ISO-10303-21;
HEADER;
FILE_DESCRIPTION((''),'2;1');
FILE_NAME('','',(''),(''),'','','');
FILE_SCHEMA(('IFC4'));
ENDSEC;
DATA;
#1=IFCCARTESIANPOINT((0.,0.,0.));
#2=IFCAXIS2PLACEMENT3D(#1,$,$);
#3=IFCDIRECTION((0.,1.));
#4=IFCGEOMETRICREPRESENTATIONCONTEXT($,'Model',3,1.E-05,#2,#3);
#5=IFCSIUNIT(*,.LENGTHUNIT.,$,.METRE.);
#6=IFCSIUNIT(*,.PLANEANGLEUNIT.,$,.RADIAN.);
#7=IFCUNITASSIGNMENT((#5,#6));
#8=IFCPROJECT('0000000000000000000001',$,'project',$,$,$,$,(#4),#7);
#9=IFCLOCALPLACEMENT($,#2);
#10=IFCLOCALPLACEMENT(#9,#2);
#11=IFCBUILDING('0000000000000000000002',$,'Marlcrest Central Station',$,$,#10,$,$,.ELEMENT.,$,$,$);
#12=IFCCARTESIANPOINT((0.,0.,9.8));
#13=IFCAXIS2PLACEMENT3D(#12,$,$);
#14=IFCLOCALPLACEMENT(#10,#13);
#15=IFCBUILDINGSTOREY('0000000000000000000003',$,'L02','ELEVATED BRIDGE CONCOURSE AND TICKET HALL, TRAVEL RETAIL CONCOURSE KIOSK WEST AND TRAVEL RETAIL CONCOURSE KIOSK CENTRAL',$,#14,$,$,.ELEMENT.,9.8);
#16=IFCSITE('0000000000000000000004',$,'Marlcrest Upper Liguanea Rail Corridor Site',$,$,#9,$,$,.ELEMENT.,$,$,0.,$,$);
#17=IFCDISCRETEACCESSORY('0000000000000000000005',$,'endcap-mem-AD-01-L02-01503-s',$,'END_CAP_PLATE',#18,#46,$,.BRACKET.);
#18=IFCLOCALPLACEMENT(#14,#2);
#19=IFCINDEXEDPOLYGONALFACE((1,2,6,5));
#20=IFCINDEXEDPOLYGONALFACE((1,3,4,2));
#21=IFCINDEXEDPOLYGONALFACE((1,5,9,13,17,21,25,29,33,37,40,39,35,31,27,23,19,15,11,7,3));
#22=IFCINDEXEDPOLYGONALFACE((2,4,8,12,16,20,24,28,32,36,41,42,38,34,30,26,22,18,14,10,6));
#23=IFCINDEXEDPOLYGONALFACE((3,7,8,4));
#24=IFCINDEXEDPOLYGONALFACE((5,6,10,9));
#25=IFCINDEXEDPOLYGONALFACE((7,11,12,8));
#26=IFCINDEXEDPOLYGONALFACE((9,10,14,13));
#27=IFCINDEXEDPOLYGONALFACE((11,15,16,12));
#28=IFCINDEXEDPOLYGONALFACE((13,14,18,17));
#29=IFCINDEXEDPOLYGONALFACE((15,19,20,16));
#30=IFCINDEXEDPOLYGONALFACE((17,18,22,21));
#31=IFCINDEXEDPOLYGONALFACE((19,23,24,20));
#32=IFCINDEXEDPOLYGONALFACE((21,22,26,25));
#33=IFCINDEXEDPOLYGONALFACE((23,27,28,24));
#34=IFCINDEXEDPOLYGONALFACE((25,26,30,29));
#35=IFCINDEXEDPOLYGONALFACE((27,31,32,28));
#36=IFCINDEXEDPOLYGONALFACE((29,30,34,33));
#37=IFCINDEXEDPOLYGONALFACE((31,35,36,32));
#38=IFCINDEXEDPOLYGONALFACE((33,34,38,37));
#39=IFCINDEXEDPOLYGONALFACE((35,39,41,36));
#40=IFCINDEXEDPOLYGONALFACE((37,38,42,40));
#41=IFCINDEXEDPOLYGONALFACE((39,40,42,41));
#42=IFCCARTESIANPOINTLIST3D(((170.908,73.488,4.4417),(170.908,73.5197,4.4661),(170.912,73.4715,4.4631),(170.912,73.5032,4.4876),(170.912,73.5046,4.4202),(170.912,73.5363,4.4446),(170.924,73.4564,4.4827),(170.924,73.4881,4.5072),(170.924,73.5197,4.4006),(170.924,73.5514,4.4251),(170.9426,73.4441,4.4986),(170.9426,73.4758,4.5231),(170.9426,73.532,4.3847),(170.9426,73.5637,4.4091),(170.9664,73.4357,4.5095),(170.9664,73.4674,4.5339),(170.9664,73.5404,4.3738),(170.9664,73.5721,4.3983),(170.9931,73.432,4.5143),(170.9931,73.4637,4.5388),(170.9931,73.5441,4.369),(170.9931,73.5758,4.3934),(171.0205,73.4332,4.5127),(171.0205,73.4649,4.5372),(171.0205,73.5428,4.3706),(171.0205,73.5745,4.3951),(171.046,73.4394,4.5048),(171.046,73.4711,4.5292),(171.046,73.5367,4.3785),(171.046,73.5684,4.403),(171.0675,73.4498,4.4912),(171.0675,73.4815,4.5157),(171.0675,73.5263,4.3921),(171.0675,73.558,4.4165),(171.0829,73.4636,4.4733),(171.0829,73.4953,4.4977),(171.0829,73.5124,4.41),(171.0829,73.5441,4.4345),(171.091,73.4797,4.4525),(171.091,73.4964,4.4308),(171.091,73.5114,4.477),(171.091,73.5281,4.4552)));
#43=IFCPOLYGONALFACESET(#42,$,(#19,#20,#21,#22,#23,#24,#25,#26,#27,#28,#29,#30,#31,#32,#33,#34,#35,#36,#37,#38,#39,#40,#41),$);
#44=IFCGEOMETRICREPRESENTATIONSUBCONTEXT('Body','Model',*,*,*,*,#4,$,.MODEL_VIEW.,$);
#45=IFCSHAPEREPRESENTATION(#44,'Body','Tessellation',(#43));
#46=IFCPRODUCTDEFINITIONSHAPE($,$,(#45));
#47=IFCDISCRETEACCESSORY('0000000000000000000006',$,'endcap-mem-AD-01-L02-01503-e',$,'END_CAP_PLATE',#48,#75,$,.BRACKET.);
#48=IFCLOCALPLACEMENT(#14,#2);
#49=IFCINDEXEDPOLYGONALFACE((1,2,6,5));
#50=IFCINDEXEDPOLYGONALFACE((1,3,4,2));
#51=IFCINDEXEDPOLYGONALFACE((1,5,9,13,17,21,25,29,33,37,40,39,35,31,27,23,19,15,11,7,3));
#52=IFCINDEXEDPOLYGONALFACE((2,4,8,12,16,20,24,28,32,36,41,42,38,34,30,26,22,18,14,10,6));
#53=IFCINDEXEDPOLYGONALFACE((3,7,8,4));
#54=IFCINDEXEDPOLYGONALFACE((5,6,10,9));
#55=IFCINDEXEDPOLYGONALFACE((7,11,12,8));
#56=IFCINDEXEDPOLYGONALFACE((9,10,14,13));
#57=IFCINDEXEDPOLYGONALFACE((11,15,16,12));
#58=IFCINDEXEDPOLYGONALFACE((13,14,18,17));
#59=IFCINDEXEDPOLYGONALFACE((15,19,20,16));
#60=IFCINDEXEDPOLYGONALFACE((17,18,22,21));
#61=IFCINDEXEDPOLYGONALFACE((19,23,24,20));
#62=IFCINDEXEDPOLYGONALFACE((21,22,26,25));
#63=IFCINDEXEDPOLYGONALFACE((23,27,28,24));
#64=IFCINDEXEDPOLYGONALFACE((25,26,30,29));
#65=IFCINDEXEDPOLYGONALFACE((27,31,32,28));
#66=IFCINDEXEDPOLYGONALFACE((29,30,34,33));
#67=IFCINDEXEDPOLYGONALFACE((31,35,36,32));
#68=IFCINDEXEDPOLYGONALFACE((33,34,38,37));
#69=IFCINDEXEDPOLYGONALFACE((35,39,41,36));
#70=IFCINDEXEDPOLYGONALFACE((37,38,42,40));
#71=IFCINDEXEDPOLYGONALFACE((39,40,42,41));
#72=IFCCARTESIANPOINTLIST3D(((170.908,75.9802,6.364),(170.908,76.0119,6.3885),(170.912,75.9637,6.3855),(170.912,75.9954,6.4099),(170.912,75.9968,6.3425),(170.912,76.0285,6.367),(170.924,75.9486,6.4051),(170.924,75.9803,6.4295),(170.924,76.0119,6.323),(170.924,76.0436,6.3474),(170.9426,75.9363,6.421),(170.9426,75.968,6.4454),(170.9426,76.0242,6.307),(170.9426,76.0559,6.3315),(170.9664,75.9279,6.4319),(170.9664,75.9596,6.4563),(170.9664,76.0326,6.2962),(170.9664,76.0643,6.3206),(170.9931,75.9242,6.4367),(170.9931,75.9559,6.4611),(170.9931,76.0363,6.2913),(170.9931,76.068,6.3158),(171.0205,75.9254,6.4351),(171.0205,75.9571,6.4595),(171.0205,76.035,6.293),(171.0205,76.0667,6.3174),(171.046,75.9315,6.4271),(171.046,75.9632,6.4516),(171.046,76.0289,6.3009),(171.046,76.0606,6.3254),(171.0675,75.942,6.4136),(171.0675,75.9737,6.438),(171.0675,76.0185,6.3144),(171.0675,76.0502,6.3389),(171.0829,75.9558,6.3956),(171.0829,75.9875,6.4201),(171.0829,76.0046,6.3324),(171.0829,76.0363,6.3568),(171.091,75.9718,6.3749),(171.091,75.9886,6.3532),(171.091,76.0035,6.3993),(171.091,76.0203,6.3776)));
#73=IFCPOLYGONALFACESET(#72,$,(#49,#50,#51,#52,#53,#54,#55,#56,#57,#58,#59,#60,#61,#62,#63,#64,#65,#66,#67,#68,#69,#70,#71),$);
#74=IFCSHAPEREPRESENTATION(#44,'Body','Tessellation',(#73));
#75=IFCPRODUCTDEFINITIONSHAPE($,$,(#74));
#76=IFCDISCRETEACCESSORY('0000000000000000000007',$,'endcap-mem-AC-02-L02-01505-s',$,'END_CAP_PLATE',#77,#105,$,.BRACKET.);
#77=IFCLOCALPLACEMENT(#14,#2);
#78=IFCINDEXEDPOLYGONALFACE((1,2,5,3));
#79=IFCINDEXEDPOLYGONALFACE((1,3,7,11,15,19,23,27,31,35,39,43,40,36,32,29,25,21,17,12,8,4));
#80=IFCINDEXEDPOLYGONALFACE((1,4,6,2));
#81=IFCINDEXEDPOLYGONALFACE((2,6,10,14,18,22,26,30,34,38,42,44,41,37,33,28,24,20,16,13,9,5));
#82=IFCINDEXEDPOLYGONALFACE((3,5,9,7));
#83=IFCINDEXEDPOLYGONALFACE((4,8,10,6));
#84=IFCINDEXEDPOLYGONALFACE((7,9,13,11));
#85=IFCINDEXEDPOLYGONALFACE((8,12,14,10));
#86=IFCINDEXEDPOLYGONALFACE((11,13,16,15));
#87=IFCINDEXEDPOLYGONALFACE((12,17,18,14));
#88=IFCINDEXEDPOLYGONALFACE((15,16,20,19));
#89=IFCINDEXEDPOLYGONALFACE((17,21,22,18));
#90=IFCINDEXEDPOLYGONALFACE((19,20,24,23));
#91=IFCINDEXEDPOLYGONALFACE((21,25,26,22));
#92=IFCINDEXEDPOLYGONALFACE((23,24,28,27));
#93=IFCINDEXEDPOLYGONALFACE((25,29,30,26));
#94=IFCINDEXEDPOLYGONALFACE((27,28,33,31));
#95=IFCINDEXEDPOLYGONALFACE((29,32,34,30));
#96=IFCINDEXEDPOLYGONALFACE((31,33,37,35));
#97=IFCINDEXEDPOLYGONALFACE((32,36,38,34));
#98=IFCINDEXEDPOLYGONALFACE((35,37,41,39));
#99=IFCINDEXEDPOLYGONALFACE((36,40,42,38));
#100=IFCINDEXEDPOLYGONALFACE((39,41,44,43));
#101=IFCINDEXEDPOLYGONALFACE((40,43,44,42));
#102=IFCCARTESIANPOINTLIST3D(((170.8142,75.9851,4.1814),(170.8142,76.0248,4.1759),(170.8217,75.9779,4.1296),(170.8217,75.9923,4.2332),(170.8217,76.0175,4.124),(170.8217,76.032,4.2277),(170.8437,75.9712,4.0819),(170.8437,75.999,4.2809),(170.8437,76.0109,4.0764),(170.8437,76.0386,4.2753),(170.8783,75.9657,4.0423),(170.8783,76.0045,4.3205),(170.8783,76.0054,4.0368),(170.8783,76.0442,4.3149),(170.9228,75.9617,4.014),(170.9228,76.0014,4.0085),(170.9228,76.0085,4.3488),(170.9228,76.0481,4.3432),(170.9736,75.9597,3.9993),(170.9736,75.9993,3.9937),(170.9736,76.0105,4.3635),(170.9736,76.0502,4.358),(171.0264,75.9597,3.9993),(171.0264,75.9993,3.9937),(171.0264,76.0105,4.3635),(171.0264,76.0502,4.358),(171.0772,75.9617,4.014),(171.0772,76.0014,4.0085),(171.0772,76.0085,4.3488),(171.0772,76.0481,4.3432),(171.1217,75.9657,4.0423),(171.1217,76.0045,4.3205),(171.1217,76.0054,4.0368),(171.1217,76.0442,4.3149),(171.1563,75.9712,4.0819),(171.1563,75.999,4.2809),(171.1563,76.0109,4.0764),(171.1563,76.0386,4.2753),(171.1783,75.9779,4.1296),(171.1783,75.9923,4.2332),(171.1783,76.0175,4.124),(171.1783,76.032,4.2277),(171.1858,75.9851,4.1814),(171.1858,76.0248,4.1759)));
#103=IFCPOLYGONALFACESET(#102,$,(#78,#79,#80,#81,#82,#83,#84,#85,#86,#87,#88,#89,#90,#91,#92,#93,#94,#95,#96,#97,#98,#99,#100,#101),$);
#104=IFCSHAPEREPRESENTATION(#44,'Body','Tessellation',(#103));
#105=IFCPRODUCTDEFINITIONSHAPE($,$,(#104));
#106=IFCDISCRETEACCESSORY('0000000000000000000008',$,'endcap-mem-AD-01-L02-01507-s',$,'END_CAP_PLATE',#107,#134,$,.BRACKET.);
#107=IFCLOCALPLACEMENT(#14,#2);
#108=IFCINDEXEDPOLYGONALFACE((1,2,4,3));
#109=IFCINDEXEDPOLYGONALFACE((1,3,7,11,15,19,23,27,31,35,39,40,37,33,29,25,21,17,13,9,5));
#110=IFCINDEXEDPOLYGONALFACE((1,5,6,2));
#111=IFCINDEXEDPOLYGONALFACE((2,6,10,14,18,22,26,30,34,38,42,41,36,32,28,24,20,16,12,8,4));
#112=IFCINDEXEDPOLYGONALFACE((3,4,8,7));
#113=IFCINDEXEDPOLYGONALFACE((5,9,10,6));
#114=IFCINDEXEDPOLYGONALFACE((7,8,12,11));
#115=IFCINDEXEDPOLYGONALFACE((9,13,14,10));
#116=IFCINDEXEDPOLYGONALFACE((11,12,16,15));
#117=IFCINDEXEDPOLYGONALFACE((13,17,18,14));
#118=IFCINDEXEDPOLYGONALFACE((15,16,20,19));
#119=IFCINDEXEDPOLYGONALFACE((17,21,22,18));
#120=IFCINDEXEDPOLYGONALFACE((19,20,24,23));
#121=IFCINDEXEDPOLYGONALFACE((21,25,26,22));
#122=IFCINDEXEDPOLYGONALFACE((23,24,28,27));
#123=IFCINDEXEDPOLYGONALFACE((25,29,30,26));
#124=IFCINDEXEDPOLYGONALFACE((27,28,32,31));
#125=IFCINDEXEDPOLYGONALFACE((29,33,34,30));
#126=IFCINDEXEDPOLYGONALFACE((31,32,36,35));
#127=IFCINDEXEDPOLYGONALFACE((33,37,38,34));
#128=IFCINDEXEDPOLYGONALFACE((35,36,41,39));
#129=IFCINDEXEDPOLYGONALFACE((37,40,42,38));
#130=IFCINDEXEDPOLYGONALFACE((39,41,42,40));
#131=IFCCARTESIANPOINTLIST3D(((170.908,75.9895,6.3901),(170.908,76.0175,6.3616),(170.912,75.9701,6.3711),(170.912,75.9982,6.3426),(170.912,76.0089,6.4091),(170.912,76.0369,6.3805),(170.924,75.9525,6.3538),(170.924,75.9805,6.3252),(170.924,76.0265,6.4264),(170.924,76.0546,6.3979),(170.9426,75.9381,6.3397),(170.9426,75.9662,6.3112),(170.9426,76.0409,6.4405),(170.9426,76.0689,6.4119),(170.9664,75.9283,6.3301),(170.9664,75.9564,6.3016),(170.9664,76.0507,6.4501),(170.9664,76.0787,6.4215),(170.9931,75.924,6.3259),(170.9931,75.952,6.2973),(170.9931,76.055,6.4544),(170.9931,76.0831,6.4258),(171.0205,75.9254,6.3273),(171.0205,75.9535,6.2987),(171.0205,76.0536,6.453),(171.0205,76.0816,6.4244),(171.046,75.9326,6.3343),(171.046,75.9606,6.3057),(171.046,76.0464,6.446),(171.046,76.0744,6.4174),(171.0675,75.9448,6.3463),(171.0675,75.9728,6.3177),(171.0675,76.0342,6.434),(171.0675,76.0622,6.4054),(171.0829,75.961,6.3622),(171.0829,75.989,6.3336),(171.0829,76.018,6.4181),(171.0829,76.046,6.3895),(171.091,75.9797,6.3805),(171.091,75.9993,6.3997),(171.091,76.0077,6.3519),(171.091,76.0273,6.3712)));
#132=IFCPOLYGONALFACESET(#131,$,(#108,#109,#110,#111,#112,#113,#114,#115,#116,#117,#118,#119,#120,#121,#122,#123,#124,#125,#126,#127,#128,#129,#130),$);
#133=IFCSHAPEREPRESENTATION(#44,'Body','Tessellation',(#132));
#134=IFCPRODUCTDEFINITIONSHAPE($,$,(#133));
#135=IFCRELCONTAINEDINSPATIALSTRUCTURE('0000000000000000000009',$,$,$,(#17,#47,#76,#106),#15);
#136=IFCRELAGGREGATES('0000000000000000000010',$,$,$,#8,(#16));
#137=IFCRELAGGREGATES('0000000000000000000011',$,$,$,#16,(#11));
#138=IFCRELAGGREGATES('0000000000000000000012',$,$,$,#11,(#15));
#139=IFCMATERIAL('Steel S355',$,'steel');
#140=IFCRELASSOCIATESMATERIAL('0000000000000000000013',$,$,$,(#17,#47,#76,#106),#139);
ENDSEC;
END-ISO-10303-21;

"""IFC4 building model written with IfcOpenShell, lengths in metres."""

from ifc_helpers import new_model, si_unit, direction, frame, origin, origin_2d, place, context, subcontext, project, spatial, circle, extrude, material, element, save


model = new_model("IFC4")

# Units and contexts
model_context = context("Model", 3, precision=1e-05, world=origin(), true_north=direction((0.0, 1.0)))
body_context = subcontext(model_context, "Body", "Model", "MODEL_VIEW")
ifc_project = project(units=[si_unit("LENGTHUNIT", "METRE"), si_unit("PLANEANGLEUNIT", "RADIAN")], contexts=[model_context])

# Site, building, storey
site_placement = place(None, origin())
site = spatial("IfcSite", under=ifc_project, at=site_placement, Name="Marlcrest Upper Liguanea Rail Corridor Site", CompositionType="ELEMENT", RefElevation=0.0)
building_placement = place(site_placement, origin())
building = spatial("IfcBuilding", under=site, at=building_placement, Name="Marlcrest Central Station", CompositionType="ELEMENT")
storey_placement = place(building_placement, frame((0.0, 0.0, 9.8)))
storey = spatial("IfcBuildingStorey", under=building, at=storey_placement, Name="L02", Description="ELEVATED BRIDGE CONCOURSE AND TICKET HALL, TRAVEL RETAIL CONCOURSE KIOSK WEST AND TRAVEL RETAIL CONCOURSE KIOSK CENTRAL", CompositionType="ELEMENT", Elevation=9.8)

# Shared definitions
ifc_material = material(Name="Steel S355", Category="steel")

# Discrete accessories
for number, where, z_axis, x_axis, name in (
    (1, (171.0, 73.488, 4.4417), (0.0, 0.791798, 0.610783), (-1.0, 0.0, 0.0), "endcap-mem-AD-01-L02-01503-s"),
    (2, (171.0, 75.9802, 6.364), (0.0, 0.791798, 0.610783), (-1.0, 0.0, 0.0), "endcap-mem-AD-01-L02-01503-e"),
):
    element("IfcDiscreteAccessory", number, at=place(storey_placement, frame(where, z_axis=z_axis, x_axis=x_axis)), inside=storey, material=ifc_material, Name=name, ObjectType="END_CAP_PLATE", PredefinedType="BRACKET", context=body_context, shape_type="SweptSolid", body=[
        extrude(circle(Radius=0.092, at=origin_2d()), origin(), (0.0, 0.0, 1.0), 0.04),
    ])
discrete_accessory_1_placement = place(storey_placement, frame((171.0, 75.9851, 4.1814), z_axis=(0.0, 0.990403, -0.138211), x_axis=(-1.0, 0.0, 0.0)))
element("IfcDiscreteAccessory", 3, at=discrete_accessory_1_placement, inside=storey, material=ifc_material, Name="endcap-mem-AC-02-L02-01505-s", ObjectType="END_CAP_PLATE", PredefinedType="BRACKET", context=body_context, shape_type="SweptSolid", body=[
    extrude(circle(Radius=0.1858, at=origin_2d()), origin(), (0.0, 0.0, 1.0), 0.04),
])
discrete_accessory_2_placement = place(storey_placement, frame((171.0, 75.9895, 6.3901), z_axis=(0.0, 0.700235, -0.713912), x_axis=(-1.0, 0.0, 0.0)))
element("IfcDiscreteAccessory", 4, at=discrete_accessory_2_placement, inside=storey, material=ifc_material, Name="endcap-mem-AD-01-L02-01507-s", ObjectType="END_CAP_PLATE", PredefinedType="BRACKET", context=body_context, shape_type="SweptSolid", body=[
    extrude(circle(Radius=0.092, at=origin_2d()), origin(), (0.0, 0.0, 1.0), 0.04),
])

save(model, "model.ifc")
